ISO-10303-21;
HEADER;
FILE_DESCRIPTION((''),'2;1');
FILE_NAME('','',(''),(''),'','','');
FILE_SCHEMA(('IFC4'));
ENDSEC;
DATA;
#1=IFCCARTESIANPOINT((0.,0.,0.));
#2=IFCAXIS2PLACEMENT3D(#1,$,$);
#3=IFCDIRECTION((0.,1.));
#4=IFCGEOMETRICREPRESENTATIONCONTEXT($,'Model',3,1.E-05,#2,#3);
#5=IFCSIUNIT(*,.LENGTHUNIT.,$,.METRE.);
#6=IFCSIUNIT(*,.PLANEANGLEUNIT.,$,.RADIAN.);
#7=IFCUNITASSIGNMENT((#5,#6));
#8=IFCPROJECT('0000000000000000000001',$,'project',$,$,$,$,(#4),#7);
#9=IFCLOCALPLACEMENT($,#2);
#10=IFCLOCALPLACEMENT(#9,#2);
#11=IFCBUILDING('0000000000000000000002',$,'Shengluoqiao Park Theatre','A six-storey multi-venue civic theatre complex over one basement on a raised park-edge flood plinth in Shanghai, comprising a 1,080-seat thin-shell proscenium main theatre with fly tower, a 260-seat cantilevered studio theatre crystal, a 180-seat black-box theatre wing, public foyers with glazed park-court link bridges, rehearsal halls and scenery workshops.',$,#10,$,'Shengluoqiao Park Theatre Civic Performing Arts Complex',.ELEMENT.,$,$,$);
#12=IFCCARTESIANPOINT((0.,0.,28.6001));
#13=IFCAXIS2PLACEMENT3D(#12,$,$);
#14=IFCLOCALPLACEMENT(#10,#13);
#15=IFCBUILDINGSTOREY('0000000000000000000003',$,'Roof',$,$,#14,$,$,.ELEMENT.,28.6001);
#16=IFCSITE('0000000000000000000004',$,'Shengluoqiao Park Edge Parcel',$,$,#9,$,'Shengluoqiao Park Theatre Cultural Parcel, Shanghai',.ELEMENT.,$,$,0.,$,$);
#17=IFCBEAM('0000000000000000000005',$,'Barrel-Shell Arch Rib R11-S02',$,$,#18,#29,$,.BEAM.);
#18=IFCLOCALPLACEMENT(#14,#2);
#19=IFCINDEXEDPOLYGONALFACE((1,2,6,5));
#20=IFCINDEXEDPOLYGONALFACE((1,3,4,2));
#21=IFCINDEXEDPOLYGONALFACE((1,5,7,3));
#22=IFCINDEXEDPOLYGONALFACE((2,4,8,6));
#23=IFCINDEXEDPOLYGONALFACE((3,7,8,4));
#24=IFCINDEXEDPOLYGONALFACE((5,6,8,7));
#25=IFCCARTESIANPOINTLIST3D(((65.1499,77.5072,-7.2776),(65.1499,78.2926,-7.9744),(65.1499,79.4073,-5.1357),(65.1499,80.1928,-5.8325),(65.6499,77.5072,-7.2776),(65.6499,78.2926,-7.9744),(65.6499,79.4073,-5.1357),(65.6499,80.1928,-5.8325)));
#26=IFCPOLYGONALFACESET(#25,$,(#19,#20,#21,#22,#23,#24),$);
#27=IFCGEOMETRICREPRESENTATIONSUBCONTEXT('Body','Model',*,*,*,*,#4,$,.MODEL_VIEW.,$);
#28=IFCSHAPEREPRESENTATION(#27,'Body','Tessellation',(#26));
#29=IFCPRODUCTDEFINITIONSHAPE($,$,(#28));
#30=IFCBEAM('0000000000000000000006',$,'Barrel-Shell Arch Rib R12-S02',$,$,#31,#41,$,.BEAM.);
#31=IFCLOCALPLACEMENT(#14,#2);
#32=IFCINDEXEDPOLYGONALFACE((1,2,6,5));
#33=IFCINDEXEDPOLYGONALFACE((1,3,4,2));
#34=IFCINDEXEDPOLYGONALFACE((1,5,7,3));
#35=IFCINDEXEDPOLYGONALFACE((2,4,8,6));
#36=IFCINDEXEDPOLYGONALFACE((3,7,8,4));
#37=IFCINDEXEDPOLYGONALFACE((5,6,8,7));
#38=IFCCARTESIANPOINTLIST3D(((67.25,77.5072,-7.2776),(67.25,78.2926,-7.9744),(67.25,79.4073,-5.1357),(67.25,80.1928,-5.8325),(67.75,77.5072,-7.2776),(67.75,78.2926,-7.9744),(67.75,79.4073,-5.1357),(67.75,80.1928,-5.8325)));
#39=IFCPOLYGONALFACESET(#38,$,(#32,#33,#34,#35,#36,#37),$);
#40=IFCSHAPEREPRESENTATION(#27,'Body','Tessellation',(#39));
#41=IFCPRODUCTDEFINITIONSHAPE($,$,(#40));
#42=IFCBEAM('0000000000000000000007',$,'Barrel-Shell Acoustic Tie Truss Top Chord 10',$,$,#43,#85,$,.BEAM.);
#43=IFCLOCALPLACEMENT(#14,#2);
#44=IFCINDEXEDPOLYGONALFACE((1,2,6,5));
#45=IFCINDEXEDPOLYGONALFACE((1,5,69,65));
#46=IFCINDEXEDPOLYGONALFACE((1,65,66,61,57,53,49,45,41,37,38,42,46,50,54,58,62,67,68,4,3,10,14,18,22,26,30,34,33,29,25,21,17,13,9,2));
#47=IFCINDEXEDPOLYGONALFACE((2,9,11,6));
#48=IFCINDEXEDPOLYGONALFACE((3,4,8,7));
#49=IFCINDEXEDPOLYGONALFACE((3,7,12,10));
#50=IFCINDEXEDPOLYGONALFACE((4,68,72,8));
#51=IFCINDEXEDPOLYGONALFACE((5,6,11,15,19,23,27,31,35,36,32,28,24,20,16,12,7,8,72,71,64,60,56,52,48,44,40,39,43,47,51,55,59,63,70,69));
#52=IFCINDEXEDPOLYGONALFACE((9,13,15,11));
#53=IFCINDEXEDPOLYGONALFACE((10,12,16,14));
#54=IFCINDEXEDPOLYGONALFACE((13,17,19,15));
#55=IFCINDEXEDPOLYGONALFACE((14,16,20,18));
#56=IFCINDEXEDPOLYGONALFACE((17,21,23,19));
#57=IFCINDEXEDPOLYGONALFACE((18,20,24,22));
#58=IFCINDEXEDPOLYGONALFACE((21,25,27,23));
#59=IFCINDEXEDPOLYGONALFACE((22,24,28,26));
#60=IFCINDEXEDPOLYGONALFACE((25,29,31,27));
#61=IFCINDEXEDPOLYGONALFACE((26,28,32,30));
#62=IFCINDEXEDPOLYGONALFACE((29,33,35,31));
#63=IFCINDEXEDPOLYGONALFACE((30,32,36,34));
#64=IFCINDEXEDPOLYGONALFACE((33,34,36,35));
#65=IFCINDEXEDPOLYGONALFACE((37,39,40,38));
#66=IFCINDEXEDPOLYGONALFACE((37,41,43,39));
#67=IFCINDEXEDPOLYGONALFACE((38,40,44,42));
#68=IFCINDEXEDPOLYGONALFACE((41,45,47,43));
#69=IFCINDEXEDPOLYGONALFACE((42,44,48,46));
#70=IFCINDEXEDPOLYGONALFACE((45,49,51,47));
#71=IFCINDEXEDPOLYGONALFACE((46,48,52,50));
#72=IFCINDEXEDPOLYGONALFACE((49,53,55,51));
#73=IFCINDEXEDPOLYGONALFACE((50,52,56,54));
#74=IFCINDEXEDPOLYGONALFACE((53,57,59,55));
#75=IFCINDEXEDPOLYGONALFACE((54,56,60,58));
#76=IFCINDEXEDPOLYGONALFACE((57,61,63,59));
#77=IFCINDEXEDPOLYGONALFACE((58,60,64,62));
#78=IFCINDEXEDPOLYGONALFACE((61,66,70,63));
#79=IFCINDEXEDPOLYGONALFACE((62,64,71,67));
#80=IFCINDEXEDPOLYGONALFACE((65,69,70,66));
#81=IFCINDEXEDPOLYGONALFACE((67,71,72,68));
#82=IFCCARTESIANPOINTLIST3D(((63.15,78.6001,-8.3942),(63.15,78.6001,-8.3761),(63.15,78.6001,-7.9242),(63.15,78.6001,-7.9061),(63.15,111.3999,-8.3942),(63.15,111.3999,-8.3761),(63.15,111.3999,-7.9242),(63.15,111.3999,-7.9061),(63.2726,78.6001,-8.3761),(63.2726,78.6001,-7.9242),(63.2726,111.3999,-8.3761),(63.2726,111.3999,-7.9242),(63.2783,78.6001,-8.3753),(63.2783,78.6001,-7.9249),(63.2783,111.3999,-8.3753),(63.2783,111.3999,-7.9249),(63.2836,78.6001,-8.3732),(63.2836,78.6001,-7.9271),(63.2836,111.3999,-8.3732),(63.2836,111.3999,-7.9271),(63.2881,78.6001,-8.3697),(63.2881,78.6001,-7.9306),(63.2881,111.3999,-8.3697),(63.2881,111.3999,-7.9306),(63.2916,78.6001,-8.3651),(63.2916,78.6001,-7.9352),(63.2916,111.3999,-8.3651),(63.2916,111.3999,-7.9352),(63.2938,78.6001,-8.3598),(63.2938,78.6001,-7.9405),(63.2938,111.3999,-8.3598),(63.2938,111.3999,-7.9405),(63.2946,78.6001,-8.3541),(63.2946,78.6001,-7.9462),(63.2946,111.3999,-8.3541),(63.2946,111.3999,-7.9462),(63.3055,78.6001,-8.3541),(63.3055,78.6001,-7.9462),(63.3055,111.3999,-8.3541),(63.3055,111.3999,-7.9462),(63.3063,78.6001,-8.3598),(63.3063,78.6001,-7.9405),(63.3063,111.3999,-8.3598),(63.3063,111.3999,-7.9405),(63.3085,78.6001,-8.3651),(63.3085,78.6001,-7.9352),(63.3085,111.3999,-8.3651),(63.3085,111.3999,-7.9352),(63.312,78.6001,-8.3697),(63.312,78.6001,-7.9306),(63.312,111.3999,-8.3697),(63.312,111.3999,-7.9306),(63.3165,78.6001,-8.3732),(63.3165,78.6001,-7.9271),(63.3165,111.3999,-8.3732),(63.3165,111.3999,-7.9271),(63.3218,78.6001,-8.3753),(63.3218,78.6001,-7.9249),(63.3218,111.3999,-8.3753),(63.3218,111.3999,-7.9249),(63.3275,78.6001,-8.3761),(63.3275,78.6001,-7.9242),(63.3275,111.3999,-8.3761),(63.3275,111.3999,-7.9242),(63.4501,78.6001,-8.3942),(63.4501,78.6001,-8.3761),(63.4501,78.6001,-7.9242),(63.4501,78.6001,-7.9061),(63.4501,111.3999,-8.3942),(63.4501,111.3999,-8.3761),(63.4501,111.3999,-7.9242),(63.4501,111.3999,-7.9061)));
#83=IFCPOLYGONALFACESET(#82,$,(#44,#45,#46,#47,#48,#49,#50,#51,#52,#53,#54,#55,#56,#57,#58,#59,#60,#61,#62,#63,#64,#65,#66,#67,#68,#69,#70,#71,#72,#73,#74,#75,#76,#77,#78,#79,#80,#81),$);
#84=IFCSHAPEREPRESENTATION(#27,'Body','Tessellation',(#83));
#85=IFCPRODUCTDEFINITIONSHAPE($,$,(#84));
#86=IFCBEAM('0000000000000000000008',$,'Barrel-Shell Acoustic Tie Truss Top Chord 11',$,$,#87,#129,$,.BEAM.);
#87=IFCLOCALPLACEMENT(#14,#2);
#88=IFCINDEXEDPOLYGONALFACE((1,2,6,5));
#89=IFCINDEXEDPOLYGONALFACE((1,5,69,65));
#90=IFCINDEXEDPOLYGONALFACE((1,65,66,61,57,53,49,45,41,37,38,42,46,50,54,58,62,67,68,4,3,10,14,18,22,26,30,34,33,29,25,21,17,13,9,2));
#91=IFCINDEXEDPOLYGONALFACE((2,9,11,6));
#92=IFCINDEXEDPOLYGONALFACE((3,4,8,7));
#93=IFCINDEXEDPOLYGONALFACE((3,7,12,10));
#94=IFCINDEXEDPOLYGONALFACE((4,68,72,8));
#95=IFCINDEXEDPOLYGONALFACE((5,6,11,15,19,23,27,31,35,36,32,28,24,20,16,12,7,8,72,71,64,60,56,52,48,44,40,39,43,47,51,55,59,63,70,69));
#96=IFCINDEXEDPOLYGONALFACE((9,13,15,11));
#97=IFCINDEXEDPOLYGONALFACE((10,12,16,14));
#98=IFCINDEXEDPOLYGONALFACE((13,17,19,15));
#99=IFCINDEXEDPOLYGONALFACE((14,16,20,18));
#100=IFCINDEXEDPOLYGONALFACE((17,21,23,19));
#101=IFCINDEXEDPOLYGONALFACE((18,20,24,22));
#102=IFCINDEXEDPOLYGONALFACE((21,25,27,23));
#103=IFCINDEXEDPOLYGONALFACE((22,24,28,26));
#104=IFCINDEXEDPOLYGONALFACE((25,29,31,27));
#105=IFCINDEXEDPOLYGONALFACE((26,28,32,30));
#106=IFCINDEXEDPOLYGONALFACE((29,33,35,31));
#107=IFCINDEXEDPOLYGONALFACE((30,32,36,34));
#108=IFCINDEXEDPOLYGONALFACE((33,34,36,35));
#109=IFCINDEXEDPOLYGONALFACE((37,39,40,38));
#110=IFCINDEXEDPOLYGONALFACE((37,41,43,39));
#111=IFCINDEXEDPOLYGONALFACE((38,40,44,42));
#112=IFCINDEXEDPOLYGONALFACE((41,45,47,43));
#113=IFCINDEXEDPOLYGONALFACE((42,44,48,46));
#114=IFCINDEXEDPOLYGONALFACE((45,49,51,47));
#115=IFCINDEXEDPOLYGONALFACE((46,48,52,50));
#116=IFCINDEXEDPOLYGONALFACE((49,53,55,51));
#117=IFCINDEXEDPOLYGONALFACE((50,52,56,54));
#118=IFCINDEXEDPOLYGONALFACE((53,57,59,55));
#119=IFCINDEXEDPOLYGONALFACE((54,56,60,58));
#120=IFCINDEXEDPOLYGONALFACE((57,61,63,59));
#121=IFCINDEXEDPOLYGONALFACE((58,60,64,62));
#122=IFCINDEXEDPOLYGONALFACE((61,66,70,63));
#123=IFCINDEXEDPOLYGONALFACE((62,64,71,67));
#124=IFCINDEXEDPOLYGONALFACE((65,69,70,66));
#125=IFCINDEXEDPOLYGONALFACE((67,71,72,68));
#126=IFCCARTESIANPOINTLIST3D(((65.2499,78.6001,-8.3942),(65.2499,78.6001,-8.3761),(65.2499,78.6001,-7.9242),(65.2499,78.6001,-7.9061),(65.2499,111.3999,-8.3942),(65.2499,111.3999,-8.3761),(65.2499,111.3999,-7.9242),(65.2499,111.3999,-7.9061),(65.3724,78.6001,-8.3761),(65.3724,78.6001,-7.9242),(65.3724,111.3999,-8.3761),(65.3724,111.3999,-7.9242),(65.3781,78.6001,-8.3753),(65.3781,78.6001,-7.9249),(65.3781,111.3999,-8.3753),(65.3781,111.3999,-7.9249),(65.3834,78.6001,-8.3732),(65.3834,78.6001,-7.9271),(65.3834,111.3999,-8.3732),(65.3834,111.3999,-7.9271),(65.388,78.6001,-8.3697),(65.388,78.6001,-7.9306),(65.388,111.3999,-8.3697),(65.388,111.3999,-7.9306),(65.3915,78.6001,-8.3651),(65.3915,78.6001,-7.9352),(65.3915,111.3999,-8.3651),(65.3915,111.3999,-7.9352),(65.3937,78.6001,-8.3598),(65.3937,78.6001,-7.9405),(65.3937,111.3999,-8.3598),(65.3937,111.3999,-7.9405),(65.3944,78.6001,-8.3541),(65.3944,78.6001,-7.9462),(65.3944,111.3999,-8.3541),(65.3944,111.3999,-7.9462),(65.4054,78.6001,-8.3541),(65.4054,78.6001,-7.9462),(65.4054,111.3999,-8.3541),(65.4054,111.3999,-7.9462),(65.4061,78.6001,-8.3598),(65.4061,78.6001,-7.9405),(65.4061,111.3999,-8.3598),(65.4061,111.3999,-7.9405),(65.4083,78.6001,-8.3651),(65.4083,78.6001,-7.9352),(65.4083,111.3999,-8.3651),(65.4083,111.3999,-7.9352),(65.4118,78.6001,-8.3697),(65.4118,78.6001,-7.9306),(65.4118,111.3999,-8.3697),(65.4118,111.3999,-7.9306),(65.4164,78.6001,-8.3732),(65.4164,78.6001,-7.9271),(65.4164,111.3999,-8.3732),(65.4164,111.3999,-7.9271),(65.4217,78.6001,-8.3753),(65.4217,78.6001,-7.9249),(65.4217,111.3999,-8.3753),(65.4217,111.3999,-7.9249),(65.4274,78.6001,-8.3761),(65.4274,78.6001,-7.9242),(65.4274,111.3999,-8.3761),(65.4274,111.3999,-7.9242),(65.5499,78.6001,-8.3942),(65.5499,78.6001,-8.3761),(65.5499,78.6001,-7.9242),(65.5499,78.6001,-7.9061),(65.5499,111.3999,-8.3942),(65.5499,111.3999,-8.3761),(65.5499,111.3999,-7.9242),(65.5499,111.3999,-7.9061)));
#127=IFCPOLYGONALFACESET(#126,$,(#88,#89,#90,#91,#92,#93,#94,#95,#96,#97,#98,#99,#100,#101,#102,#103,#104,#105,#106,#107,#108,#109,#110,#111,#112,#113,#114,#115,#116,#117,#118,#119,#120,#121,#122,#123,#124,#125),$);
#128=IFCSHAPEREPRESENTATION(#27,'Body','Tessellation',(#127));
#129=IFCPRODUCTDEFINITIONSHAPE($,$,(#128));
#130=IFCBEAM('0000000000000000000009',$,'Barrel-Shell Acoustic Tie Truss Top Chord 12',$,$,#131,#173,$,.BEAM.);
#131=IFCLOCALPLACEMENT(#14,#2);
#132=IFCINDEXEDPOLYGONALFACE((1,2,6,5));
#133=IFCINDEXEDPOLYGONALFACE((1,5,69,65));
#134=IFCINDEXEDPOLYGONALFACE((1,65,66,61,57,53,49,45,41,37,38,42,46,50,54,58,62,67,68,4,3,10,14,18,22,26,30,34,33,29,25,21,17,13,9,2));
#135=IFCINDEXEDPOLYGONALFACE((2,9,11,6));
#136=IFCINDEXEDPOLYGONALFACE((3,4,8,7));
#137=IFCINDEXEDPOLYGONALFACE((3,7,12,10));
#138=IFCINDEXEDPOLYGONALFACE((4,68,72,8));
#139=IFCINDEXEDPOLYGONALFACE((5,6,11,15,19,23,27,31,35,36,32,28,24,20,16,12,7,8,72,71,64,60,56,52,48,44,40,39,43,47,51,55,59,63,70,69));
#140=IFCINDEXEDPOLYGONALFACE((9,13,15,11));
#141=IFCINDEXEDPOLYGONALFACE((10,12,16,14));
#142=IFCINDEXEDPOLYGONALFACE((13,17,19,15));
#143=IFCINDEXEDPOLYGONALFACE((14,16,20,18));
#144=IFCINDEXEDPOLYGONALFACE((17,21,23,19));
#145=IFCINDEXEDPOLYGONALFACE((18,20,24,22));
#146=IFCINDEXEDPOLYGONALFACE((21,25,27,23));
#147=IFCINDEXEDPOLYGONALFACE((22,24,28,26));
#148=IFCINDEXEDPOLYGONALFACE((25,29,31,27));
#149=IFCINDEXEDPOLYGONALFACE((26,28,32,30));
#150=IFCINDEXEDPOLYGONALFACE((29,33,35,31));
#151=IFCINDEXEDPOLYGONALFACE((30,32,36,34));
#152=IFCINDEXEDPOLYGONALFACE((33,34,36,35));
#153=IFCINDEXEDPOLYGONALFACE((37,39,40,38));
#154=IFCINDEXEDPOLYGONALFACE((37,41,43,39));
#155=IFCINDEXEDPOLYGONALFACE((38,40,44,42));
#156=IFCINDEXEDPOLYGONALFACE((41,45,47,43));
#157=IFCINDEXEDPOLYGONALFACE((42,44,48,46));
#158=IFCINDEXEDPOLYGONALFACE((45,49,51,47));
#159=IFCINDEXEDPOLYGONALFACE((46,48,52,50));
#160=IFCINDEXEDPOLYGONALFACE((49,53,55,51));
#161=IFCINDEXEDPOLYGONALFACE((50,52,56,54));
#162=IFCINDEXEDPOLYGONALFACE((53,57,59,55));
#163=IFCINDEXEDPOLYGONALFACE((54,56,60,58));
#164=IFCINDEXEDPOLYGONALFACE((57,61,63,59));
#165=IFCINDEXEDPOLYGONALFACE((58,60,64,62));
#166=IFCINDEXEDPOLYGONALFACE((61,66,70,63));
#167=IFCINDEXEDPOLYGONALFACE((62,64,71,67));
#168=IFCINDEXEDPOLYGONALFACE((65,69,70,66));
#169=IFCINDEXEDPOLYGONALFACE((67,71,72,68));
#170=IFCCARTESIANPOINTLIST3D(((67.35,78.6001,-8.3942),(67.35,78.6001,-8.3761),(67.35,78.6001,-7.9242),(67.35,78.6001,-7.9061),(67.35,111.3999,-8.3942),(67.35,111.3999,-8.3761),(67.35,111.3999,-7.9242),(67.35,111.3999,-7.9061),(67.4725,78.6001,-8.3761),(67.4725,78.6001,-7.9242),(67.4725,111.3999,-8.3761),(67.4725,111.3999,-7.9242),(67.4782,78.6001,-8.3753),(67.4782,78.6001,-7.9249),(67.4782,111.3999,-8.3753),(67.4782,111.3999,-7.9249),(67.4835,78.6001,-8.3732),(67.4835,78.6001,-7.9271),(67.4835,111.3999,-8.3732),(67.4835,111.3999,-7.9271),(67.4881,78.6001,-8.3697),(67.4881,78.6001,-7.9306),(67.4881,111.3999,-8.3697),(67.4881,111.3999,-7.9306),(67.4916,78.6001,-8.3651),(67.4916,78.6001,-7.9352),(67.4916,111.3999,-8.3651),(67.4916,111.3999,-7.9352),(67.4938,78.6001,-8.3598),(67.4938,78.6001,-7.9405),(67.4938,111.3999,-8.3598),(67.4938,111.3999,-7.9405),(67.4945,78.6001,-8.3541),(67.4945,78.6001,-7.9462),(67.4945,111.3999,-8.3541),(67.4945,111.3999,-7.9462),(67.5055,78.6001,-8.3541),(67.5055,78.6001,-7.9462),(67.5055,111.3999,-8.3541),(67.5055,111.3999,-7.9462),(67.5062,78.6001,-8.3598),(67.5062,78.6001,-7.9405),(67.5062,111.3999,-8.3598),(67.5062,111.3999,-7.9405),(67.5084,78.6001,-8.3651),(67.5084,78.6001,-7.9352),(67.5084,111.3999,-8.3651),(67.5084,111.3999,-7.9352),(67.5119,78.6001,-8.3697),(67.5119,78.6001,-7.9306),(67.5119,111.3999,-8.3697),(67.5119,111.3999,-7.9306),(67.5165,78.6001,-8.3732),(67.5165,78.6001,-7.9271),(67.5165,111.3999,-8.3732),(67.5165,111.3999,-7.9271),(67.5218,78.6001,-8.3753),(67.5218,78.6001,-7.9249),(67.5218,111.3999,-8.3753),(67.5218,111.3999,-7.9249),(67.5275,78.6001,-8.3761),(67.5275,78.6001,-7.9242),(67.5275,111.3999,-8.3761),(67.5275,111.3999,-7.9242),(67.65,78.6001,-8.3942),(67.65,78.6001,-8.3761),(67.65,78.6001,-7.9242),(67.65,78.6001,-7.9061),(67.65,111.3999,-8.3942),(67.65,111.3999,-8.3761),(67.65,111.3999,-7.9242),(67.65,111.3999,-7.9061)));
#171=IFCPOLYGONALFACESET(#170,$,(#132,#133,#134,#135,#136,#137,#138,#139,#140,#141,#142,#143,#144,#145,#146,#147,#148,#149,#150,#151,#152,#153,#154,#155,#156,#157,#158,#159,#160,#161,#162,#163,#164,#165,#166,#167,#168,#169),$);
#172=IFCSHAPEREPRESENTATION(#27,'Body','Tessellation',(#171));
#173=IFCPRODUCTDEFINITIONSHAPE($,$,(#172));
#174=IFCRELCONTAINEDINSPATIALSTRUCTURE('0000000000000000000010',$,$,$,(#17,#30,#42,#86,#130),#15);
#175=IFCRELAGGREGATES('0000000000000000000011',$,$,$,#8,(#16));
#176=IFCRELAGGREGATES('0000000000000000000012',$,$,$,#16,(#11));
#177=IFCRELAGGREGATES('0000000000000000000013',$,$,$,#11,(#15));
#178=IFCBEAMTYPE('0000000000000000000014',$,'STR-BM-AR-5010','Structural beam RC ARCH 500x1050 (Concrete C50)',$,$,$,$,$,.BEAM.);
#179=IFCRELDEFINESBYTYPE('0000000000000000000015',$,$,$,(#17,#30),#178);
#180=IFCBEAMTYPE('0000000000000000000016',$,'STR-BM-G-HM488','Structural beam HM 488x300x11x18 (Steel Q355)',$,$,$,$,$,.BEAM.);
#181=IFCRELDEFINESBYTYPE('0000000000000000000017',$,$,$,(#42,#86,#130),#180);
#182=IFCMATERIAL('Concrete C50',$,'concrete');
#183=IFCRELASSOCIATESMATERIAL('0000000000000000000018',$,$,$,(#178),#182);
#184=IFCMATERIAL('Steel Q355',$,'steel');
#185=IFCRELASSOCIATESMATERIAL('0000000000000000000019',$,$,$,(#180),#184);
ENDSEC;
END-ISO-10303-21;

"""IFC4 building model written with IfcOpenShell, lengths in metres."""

from ifc_helpers import new_model, si_unit, direction, frame, origin, origin_2d, place, context, subcontext, project, spatial, rectangle, i_section, extrude, material, material_profile, profile_set, type_object, element, save


model = new_model("IFC4")

# Units and contexts
model_context = context("Model", 3, precision=1e-05, world=origin(), true_north=direction((0.0, 1.0)))
body_context = subcontext(model_context, "Body", "Model", "MODEL_VIEW")
ifc_project = project(units=[si_unit("LENGTHUNIT", "METRE"), si_unit("PLANEANGLEUNIT", "RADIAN")], contexts=[model_context])

# Site, building, storey
site_placement = place(None, origin())
site = spatial("IfcSite", under=ifc_project, at=site_placement, Name="Shengluoqiao Park Edge Parcel", LongName="Shengluoqiao Park Theatre Cultural Parcel, Shanghai", CompositionType="ELEMENT", RefElevation=0.0)
building_placement = place(site_placement, origin())
building = spatial("IfcBuilding", under=site, at=building_placement, Name="Shengluoqiao Park Theatre", Description="A six-storey multi-venue civic theatre complex over one basement on a raised park-edge flood plinth in Shanghai, comprising a 1,080-seat thin-shell proscenium main theatre with fly tower, a 260-seat cantilevered studio theatre crystal, a 180-seat black-box theatre wing, public foyers with glazed park-court link bridges, rehearsal halls and scenery workshops.", LongName="Shengluoqiao Park Theatre Civic Performing Arts Complex", CompositionType="ELEMENT")
storey_placement = place(building_placement, frame((0.0, 0.0, 28.6001)))
storey = spatial("IfcBuildingStorey", under=building, at=storey_placement, Name="Roof", CompositionType="ELEMENT", Elevation=28.6001)

# Beams
ifc_material_1 = material(Name="Concrete C50", Category="concrete")
ifc_material_profile_1 = material_profile(ifc_material_1, rectangle(XDim=0.5, YDim=1.05, at=origin_2d()), Name="RC ARCH 500x1050")
ifc_profile_set_1 = profile_set([ifc_material_profile_1], Name="Concrete C50")
beam_type_1 = type_object("IfcBeamType", Name="STR-BM-AR-5010", Description="Structural beam RC ARCH 500x1050 (Concrete C50)", PredefinedType="BEAM", material=ifc_profile_set_1)
for number, where, z_axis, x_axis, name in (
    (1, (65.3999, 77.8999, -7.626), (0.0, 0.663638, 0.748053), (-1.0, 0.0, 0.0), "Barrel-Shell Arch Rib R11-S02"),
    (2, (67.5, 77.8999, -7.626), (0.0, 0.663638, 0.748053), (-1.0, 0.0, 0.0), "Barrel-Shell Arch Rib R12-S02"),
):
    element("IfcBeam", number, at=place(storey_placement, frame(where, z_axis=z_axis, x_axis=x_axis)), inside=storey, type_object=beam_type_1, Name=name, PredefinedType="BEAM", context=body_context, shape_type="SweptSolid", body=[
        extrude(rectangle(XDim=0.5, YDim=1.05, at=origin_2d()), origin(), (0.0, 0.0, 1.0), 2.8633),
    ])
ifc_material_2 = material(Name="Steel Q355", Category="steel")
ifc_material_profile_2 = material_profile(ifc_material_2, i_section(OverallWidth=0.3, OverallDepth=0.488, WebThickness=0.011, FlangeThickness=0.0181, FilletRadius=0.022, at=origin_2d()), Name="HM 488x300x11x18")
ifc_profile_set_2 = profile_set([ifc_material_profile_2], Name="Steel Q355")
beam_type_2 = type_object("IfcBeamType", Name="STR-BM-G-HM488", Description="Structural beam HM 488x300x11x18 (Steel Q355)", PredefinedType="BEAM", material=ifc_profile_set_2)
for number, where, z_axis, x_axis, name in (
    (3, (63.3, 78.6001, -8.1501), (0.0, 1.0, 0.0), (-1.0, 0.0, 0.0), "Barrel-Shell Acoustic Tie Truss Top Chord 10"),
    (4, (65.3999, 78.6001, -8.1501), (0.0, 1.0, 0.0), (-1.0, 0.0, 0.0), "Barrel-Shell Acoustic Tie Truss Top Chord 11"),
    (5, (67.5, 78.6001, -8.1501), (0.0, 1.0, 0.0), (-1.0, 0.0, 0.0), "Barrel-Shell Acoustic Tie Truss Top Chord 12"),
):
    element("IfcBeam", number, at=place(storey_placement, frame(where, z_axis=z_axis, x_axis=x_axis)), inside=storey, type_object=beam_type_2, Name=name, PredefinedType="BEAM", context=body_context, shape_type="SweptSolid", body=[
        extrude(i_section(OverallWidth=0.3, OverallDepth=0.488, WebThickness=0.011, FlangeThickness=0.0181, FilletRadius=0.022, at=origin_2d()), origin(), (0.0, 0.0, 1.0), 32.7998),
    ])

save(model, "model.ifc")
